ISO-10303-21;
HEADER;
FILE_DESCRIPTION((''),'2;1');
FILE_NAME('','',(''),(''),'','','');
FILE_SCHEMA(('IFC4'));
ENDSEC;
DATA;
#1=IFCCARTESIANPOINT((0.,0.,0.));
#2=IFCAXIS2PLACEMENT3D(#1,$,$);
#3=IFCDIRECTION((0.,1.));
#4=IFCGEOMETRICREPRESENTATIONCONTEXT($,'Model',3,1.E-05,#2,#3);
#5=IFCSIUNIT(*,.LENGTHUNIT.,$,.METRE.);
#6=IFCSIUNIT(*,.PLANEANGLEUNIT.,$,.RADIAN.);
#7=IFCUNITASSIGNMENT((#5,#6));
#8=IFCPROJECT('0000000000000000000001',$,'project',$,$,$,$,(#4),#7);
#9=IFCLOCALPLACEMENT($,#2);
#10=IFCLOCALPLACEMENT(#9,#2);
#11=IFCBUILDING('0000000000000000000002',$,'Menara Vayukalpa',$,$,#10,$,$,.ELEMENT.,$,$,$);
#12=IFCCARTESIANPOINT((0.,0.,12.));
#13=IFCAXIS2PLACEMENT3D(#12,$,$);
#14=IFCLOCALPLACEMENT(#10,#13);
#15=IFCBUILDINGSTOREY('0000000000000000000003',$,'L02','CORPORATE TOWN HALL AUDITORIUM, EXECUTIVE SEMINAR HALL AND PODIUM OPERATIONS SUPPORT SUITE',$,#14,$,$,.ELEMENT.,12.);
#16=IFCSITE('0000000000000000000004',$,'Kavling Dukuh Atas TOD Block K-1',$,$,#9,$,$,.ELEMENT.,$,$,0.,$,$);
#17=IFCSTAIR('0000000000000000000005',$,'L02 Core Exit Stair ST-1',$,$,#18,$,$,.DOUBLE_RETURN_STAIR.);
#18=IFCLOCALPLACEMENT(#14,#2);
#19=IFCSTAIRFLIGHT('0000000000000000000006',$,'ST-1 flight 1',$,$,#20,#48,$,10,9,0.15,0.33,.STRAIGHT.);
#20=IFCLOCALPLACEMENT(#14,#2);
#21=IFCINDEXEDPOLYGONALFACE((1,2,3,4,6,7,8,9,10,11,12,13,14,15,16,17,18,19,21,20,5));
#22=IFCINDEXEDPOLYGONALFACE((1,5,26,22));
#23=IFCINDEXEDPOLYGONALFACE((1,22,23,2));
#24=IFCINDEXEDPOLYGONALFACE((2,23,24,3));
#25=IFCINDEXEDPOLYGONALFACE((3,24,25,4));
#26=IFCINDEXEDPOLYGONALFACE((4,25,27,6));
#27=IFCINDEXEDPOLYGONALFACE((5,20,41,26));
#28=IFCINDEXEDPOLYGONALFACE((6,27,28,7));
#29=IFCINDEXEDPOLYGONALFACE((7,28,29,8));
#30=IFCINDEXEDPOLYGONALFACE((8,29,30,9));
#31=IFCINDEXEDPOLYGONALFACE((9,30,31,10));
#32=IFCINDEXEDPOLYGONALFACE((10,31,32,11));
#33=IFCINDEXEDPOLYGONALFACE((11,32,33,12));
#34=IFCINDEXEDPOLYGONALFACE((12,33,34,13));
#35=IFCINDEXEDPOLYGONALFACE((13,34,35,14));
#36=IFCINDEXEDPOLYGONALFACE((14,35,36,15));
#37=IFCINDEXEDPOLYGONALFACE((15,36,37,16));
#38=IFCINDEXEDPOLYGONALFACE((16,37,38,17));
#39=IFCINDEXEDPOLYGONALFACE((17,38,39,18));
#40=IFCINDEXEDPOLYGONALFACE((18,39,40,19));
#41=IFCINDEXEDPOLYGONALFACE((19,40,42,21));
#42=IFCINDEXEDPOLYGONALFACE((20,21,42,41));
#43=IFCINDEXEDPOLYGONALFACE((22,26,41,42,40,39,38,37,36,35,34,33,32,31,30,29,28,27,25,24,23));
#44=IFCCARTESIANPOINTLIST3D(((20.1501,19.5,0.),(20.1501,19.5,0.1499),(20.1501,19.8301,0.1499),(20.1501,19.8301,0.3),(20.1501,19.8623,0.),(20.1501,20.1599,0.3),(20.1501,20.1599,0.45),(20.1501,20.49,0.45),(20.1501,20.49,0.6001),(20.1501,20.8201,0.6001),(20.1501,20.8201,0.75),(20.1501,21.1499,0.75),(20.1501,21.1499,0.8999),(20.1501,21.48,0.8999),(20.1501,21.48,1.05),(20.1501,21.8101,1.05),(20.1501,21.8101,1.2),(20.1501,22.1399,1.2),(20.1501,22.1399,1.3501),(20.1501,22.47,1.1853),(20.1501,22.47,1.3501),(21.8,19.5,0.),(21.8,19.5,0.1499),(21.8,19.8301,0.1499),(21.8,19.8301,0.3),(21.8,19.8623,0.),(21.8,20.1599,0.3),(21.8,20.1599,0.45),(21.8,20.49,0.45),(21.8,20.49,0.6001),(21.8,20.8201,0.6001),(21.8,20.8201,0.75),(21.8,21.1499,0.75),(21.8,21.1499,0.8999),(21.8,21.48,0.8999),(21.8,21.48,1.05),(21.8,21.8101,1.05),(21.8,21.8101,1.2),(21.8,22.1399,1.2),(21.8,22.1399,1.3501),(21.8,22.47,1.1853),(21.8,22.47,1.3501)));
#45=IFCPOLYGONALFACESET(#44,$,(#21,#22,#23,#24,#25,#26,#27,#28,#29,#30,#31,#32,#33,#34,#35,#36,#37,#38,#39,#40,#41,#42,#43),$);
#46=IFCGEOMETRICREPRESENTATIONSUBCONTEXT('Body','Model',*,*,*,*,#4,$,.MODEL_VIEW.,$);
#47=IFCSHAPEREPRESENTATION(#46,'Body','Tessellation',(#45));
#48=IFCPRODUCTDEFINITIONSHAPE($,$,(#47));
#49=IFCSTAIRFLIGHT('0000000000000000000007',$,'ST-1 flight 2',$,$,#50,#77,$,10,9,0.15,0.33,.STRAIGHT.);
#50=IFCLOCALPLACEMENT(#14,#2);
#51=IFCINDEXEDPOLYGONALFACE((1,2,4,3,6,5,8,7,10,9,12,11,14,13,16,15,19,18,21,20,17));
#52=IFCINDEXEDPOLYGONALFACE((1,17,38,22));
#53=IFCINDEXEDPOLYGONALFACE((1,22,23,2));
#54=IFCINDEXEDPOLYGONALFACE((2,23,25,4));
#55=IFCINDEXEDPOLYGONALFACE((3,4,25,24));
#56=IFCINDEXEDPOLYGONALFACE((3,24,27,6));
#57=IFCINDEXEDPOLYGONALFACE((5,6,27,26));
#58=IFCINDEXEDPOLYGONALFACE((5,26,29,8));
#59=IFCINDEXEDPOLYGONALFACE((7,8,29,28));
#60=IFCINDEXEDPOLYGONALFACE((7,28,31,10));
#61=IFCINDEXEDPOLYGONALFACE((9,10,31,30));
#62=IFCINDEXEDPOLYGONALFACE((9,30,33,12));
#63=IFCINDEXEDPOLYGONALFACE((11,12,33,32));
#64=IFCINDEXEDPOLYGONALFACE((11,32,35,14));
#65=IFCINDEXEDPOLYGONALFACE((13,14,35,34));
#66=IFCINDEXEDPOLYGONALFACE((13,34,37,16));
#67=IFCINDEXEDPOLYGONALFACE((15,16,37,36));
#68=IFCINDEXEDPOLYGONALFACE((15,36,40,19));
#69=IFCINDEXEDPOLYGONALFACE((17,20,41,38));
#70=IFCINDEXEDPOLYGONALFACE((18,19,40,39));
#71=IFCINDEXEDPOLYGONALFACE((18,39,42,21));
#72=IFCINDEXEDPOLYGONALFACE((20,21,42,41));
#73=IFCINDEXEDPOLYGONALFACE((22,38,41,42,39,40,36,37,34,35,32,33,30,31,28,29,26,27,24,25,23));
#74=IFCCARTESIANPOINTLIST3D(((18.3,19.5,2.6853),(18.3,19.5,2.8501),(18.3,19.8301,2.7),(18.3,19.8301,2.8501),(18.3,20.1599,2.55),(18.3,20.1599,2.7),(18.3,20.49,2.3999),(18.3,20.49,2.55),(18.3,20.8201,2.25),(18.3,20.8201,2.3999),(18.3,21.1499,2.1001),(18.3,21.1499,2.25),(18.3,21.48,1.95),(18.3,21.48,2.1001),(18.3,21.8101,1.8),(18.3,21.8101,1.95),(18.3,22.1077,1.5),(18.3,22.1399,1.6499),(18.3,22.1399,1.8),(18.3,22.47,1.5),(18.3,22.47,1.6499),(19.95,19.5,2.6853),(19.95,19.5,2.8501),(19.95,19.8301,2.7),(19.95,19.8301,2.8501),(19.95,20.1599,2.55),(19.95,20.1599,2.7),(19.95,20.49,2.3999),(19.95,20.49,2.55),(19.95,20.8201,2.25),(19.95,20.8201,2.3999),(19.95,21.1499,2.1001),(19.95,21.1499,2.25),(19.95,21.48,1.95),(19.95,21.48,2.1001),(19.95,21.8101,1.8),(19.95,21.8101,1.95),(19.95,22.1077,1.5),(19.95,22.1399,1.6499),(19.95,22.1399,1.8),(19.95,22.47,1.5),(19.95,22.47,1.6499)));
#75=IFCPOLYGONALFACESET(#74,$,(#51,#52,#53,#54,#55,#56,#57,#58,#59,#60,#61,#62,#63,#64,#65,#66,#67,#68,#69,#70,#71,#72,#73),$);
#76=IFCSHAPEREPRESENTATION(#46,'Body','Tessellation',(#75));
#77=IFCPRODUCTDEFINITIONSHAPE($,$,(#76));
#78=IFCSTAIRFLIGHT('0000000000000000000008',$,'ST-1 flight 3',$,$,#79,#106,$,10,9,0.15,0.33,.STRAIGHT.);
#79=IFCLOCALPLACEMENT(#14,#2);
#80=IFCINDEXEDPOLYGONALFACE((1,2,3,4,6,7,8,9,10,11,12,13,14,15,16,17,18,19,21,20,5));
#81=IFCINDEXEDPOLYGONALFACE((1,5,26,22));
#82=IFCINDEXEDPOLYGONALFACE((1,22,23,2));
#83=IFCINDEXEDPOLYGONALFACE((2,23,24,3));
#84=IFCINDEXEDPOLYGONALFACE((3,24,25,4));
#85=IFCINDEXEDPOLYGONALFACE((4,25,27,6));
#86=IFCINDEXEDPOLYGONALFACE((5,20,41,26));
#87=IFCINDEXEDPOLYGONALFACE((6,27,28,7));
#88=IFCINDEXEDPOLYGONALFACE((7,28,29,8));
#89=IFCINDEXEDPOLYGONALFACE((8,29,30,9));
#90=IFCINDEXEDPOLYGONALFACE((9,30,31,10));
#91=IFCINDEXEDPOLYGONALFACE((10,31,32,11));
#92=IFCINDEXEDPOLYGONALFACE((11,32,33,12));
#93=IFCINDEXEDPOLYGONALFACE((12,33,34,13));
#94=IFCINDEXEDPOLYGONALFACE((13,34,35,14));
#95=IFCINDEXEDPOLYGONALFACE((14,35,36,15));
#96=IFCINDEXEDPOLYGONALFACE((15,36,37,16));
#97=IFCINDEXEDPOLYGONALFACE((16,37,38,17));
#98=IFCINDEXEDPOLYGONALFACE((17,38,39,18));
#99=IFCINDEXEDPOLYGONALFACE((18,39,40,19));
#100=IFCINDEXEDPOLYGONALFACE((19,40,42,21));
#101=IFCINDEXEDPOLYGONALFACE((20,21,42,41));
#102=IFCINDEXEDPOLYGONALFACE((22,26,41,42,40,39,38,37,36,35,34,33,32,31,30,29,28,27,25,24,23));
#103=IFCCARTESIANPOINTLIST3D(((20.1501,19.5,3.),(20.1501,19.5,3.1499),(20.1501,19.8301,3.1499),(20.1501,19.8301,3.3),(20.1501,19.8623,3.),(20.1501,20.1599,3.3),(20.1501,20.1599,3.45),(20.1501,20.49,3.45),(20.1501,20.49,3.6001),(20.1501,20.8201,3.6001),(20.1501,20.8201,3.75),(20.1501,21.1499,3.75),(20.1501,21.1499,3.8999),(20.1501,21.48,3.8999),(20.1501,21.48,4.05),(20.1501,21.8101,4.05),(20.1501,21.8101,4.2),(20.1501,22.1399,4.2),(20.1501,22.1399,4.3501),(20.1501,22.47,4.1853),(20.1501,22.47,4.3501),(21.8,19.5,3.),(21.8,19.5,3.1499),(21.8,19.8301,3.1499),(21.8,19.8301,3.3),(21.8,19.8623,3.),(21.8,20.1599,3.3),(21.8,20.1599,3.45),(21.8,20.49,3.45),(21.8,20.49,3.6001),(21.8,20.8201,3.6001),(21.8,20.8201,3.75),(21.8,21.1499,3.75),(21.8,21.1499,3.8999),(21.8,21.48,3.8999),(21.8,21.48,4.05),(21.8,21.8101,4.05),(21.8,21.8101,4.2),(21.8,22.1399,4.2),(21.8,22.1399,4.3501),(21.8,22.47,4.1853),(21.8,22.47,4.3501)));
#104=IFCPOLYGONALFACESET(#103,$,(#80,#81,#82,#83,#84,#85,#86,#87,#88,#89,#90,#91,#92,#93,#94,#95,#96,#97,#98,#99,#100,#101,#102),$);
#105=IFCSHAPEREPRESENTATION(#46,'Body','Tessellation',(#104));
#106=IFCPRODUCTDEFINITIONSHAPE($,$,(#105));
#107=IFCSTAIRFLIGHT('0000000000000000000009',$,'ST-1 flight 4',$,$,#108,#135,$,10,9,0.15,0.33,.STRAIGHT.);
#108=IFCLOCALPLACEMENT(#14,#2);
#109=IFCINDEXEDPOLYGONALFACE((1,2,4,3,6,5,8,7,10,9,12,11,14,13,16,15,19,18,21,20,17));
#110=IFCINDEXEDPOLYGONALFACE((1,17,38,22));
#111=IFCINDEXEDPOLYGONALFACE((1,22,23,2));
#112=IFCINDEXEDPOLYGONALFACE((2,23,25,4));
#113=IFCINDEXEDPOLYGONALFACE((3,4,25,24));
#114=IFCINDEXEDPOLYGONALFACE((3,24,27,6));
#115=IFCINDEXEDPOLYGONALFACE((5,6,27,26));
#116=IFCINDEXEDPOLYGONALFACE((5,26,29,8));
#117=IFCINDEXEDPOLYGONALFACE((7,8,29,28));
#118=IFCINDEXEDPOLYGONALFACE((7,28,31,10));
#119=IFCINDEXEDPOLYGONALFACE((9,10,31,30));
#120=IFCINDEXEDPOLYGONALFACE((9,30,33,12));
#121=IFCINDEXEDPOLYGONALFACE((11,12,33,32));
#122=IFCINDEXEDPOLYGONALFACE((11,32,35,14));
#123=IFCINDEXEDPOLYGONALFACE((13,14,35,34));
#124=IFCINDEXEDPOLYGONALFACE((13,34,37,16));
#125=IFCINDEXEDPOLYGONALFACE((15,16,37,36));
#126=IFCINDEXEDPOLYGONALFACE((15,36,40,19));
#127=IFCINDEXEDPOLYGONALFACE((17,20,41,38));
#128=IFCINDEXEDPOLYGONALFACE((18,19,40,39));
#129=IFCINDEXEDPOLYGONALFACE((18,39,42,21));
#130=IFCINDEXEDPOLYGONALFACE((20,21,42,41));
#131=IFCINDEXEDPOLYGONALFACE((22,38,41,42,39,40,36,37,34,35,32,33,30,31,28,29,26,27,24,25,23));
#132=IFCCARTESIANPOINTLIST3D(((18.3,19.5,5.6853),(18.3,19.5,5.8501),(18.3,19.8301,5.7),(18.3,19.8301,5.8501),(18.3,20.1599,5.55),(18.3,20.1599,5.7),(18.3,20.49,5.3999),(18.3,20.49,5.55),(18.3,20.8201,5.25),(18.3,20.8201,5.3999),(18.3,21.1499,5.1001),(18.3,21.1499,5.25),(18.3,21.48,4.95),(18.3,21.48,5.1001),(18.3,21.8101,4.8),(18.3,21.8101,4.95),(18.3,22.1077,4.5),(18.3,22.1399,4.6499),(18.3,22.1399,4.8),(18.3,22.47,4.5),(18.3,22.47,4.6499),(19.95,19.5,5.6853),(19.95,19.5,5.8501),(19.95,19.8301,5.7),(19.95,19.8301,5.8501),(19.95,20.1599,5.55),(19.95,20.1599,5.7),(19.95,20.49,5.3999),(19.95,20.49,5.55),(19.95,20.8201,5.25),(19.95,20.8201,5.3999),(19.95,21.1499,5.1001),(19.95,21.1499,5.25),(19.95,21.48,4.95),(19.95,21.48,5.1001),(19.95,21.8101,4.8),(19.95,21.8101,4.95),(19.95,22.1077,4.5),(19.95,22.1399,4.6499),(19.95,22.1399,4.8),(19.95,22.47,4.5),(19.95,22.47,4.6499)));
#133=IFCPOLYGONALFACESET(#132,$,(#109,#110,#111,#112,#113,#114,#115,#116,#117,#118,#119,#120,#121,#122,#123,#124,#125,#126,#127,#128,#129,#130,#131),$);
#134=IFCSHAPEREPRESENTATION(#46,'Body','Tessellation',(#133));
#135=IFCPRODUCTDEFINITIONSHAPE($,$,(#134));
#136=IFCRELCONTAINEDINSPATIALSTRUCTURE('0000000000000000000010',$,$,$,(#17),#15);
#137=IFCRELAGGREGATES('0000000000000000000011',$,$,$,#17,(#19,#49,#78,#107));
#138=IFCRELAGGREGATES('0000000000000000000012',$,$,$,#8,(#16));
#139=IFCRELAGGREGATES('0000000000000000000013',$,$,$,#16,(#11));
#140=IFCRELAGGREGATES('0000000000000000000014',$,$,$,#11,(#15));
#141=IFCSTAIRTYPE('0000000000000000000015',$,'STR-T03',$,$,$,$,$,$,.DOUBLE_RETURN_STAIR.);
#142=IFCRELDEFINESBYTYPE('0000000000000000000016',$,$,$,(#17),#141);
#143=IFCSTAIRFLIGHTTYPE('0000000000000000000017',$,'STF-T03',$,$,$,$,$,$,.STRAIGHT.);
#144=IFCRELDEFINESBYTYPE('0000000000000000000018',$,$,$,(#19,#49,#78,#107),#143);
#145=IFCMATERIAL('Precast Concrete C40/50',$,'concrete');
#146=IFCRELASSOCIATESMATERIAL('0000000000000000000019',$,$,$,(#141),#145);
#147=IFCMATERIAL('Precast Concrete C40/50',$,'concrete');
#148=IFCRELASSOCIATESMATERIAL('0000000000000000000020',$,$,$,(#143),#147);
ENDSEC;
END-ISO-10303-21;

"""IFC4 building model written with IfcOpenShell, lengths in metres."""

from ifc_helpers import new_model, si_unit, direction, frame, origin, place, context, subcontext, project, spatial, polyline, outline, extrude, material, type_object, element, aggregate, save


model = new_model("IFC4")

# Units and contexts
model_context = context("Model", 3, precision=1e-05, world=origin(), true_north=direction((0.0, 1.0)))
body_context = subcontext(model_context, "Body", "Model", "MODEL_VIEW")
ifc_project = project(units=[si_unit("LENGTHUNIT", "METRE"), si_unit("PLANEANGLEUNIT", "RADIAN")], contexts=[model_context])

# Site, building, storey
site_placement = place(None, origin())
site = spatial("IfcSite", under=ifc_project, at=site_placement, Name="Kavling Dukuh Atas TOD Block K-1", CompositionType="ELEMENT", RefElevation=0.0)
building_placement = place(site_placement, origin())
building = spatial("IfcBuilding", under=site, at=building_placement, Name="Menara Vayukalpa", CompositionType="ELEMENT")
storey_placement = place(building_placement, frame((0.0, 0.0, 12.0)))
storey = spatial("IfcBuildingStorey", under=building, at=storey_placement, Name="L02", Description="CORPORATE TOWN HALL AUDITORIUM, EXECUTIVE SEMINAR HALL AND PODIUM OPERATIONS SUPPORT SUITE", CompositionType="ELEMENT", Elevation=12.0)

# Stair, stair flights
ifc_material_1 = material(Name="Precast Concrete C40/50", Category="concrete")
stair_type = type_object("IfcStairType", Name="STR-T03", PredefinedType="DOUBLE_RETURN_STAIR", material=ifc_material_1)
stair_placement = place(storey_placement, origin())
stair = element("IfcStair", 1, at=stair_placement, inside=storey, type_object=stair_type, Name="L02 Core Exit Stair ST-1", PredefinedType="DOUBLE_RETURN_STAIR")
ifc_material_2 = material(Name="Precast Concrete C40/50", Category="concrete")
stair_flight_type = type_object("IfcStairFlightType", Name="STF-T03", PredefinedType="STRAIGHT", material=ifc_material_2)
stair_flight_1_placement = place(storey_placement, frame((20.9751, 19.5, 0.0), z_axis=(0.0, 0.0, 1.0), x_axis=(0.0, 1.0, 0.0)))
stair_flight_1 = element("IfcStairFlight", 2, at=stair_flight_1_placement, type_object=stair_flight_type, Name="ST-1 flight 1", NumberOfRisers=10, NumberOfTreads=9, PredefinedType="STRAIGHT", RiserHeight=0.15, TreadLength=0.33, context=body_context, shape_type="SweptSolid", body=[
    extrude(outline(polyline([(0.0, 0.0), (0.0, 0.1499), (0.3301, 0.1499), (0.3301, 0.3), (0.6599, 0.3), (0.6599, 0.45), (0.99, 0.45), (0.99, 0.6001), (1.3201, 0.6001), (1.3201, 0.75), (1.6499, 0.75), (1.6499, 0.8999), (1.98, 0.8999), (1.98, 1.05), (2.3101, 1.05), (2.3101, 1.2), (2.6399, 1.2), (2.6399, 1.3501), (2.97, 1.3501), (2.97, 1.5), (2.97, 1.1853), (0.3623, 0.0), (0.0, 0.0)])), frame((0.0, 0.825, 0.0), z_axis=(0.0, -1.0, 0.0), x_axis=(1.0, 0.0, 0.0)), (0.0, 0.0, 1.0), 1.6499),
])
stair_flight_2_placement = place(storey_placement, frame((19.125, 22.47, 1.5), z_axis=(0.0, 0.0, 1.0), x_axis=(0.0, -1.0, 0.0)))
stair_flight_2 = element("IfcStairFlight", 3, at=stair_flight_2_placement, type_object=stair_flight_type, Name="ST-1 flight 2", NumberOfRisers=10, NumberOfTreads=9, PredefinedType="STRAIGHT", RiserHeight=0.15, TreadLength=0.33, context=body_context, shape_type="SweptSolid", body=[
    extrude(outline(polyline([(0.0, 0.0), (0.0, 0.1499), (0.3301, 0.1499), (0.3301, 0.3), (0.6599, 0.3), (0.6599, 0.45), (0.99, 0.45), (0.99, 0.6001), (1.3201, 0.6001), (1.3201, 0.75), (1.6499, 0.75), (1.6499, 0.8999), (1.98, 0.8999), (1.98, 1.05), (2.3101, 1.05), (2.3101, 1.2), (2.6399, 1.2), (2.6399, 1.3501), (2.97, 1.3501), (2.97, 1.5), (2.97, 1.1853), (0.3623, 0.0), (0.0, 0.0)])), frame((0.0, 0.825, 0.0), z_axis=(0.0, -1.0, 0.0), x_axis=(1.0, 0.0, 0.0)), (0.0, 0.0, 1.0), 1.6499),
])
stair_flight_3_placement = place(storey_placement, frame((20.9751, 19.5, 3.0), z_axis=(0.0, 0.0, 1.0), x_axis=(0.0, 1.0, 0.0)))
stair_flight_3 = element("IfcStairFlight", 4, at=stair_flight_3_placement, type_object=stair_flight_type, Name="ST-1 flight 3", NumberOfRisers=10, NumberOfTreads=9, PredefinedType="STRAIGHT", RiserHeight=0.15, TreadLength=0.33, context=body_context, shape_type="SweptSolid", body=[
    extrude(outline(polyline([(0.0, 0.0), (0.0, 0.1499), (0.3301, 0.1499), (0.3301, 0.3), (0.6599, 0.3), (0.6599, 0.45), (0.99, 0.45), (0.99, 0.6001), (1.3201, 0.6001), (1.3201, 0.75), (1.6499, 0.75), (1.6499, 0.8999), (1.98, 0.8999), (1.98, 1.05), (2.3101, 1.05), (2.3101, 1.2), (2.6399, 1.2), (2.6399, 1.3501), (2.97, 1.3501), (2.97, 1.5), (2.97, 1.1853), (0.3623, 0.0), (0.0, 0.0)])), frame((0.0, 0.825, 0.0), z_axis=(0.0, -1.0, 0.0), x_axis=(1.0, 0.0, 0.0)), (0.0, 0.0, 1.0), 1.6499),
])
stair_flight_4_placement = place(storey_placement, frame((19.125, 22.47, 4.5), z_axis=(0.0, 0.0, 1.0), x_axis=(0.0, -1.0, 0.0)))
stair_flight_4 = element("IfcStairFlight", 5, at=stair_flight_4_placement, type_object=stair_flight_type, Name="ST-1 flight 4", NumberOfRisers=10, NumberOfTreads=9, PredefinedType="STRAIGHT", RiserHeight=0.15, TreadLength=0.33, context=body_context, shape_type="SweptSolid", body=[
    extrude(outline(polyline([(0.0, 0.0), (0.0, 0.1499), (0.3301, 0.1499), (0.3301, 0.3), (0.6599, 0.3), (0.6599, 0.45), (0.99, 0.45), (0.99, 0.6001), (1.3201, 0.6001), (1.3201, 0.75), (1.6499, 0.75), (1.6499, 0.8999), (1.98, 0.8999), (1.98, 1.05), (2.3101, 1.05), (2.3101, 1.2), (2.6399, 1.2), (2.6399, 1.3501), (2.97, 1.3501), (2.97, 1.5), (2.97, 1.1853), (0.3623, 0.0), (0.0, 0.0)])), frame((0.0, 0.825, 0.0), z_axis=(0.0, -1.0, 0.0), x_axis=(1.0, 0.0, 0.0)), (0.0, 0.0, 1.0), 1.6499),
])
aggregate(stair, [stair_flight_1, stair_flight_2, stair_flight_3, stair_flight_4])

save(model, "model.ifc")
